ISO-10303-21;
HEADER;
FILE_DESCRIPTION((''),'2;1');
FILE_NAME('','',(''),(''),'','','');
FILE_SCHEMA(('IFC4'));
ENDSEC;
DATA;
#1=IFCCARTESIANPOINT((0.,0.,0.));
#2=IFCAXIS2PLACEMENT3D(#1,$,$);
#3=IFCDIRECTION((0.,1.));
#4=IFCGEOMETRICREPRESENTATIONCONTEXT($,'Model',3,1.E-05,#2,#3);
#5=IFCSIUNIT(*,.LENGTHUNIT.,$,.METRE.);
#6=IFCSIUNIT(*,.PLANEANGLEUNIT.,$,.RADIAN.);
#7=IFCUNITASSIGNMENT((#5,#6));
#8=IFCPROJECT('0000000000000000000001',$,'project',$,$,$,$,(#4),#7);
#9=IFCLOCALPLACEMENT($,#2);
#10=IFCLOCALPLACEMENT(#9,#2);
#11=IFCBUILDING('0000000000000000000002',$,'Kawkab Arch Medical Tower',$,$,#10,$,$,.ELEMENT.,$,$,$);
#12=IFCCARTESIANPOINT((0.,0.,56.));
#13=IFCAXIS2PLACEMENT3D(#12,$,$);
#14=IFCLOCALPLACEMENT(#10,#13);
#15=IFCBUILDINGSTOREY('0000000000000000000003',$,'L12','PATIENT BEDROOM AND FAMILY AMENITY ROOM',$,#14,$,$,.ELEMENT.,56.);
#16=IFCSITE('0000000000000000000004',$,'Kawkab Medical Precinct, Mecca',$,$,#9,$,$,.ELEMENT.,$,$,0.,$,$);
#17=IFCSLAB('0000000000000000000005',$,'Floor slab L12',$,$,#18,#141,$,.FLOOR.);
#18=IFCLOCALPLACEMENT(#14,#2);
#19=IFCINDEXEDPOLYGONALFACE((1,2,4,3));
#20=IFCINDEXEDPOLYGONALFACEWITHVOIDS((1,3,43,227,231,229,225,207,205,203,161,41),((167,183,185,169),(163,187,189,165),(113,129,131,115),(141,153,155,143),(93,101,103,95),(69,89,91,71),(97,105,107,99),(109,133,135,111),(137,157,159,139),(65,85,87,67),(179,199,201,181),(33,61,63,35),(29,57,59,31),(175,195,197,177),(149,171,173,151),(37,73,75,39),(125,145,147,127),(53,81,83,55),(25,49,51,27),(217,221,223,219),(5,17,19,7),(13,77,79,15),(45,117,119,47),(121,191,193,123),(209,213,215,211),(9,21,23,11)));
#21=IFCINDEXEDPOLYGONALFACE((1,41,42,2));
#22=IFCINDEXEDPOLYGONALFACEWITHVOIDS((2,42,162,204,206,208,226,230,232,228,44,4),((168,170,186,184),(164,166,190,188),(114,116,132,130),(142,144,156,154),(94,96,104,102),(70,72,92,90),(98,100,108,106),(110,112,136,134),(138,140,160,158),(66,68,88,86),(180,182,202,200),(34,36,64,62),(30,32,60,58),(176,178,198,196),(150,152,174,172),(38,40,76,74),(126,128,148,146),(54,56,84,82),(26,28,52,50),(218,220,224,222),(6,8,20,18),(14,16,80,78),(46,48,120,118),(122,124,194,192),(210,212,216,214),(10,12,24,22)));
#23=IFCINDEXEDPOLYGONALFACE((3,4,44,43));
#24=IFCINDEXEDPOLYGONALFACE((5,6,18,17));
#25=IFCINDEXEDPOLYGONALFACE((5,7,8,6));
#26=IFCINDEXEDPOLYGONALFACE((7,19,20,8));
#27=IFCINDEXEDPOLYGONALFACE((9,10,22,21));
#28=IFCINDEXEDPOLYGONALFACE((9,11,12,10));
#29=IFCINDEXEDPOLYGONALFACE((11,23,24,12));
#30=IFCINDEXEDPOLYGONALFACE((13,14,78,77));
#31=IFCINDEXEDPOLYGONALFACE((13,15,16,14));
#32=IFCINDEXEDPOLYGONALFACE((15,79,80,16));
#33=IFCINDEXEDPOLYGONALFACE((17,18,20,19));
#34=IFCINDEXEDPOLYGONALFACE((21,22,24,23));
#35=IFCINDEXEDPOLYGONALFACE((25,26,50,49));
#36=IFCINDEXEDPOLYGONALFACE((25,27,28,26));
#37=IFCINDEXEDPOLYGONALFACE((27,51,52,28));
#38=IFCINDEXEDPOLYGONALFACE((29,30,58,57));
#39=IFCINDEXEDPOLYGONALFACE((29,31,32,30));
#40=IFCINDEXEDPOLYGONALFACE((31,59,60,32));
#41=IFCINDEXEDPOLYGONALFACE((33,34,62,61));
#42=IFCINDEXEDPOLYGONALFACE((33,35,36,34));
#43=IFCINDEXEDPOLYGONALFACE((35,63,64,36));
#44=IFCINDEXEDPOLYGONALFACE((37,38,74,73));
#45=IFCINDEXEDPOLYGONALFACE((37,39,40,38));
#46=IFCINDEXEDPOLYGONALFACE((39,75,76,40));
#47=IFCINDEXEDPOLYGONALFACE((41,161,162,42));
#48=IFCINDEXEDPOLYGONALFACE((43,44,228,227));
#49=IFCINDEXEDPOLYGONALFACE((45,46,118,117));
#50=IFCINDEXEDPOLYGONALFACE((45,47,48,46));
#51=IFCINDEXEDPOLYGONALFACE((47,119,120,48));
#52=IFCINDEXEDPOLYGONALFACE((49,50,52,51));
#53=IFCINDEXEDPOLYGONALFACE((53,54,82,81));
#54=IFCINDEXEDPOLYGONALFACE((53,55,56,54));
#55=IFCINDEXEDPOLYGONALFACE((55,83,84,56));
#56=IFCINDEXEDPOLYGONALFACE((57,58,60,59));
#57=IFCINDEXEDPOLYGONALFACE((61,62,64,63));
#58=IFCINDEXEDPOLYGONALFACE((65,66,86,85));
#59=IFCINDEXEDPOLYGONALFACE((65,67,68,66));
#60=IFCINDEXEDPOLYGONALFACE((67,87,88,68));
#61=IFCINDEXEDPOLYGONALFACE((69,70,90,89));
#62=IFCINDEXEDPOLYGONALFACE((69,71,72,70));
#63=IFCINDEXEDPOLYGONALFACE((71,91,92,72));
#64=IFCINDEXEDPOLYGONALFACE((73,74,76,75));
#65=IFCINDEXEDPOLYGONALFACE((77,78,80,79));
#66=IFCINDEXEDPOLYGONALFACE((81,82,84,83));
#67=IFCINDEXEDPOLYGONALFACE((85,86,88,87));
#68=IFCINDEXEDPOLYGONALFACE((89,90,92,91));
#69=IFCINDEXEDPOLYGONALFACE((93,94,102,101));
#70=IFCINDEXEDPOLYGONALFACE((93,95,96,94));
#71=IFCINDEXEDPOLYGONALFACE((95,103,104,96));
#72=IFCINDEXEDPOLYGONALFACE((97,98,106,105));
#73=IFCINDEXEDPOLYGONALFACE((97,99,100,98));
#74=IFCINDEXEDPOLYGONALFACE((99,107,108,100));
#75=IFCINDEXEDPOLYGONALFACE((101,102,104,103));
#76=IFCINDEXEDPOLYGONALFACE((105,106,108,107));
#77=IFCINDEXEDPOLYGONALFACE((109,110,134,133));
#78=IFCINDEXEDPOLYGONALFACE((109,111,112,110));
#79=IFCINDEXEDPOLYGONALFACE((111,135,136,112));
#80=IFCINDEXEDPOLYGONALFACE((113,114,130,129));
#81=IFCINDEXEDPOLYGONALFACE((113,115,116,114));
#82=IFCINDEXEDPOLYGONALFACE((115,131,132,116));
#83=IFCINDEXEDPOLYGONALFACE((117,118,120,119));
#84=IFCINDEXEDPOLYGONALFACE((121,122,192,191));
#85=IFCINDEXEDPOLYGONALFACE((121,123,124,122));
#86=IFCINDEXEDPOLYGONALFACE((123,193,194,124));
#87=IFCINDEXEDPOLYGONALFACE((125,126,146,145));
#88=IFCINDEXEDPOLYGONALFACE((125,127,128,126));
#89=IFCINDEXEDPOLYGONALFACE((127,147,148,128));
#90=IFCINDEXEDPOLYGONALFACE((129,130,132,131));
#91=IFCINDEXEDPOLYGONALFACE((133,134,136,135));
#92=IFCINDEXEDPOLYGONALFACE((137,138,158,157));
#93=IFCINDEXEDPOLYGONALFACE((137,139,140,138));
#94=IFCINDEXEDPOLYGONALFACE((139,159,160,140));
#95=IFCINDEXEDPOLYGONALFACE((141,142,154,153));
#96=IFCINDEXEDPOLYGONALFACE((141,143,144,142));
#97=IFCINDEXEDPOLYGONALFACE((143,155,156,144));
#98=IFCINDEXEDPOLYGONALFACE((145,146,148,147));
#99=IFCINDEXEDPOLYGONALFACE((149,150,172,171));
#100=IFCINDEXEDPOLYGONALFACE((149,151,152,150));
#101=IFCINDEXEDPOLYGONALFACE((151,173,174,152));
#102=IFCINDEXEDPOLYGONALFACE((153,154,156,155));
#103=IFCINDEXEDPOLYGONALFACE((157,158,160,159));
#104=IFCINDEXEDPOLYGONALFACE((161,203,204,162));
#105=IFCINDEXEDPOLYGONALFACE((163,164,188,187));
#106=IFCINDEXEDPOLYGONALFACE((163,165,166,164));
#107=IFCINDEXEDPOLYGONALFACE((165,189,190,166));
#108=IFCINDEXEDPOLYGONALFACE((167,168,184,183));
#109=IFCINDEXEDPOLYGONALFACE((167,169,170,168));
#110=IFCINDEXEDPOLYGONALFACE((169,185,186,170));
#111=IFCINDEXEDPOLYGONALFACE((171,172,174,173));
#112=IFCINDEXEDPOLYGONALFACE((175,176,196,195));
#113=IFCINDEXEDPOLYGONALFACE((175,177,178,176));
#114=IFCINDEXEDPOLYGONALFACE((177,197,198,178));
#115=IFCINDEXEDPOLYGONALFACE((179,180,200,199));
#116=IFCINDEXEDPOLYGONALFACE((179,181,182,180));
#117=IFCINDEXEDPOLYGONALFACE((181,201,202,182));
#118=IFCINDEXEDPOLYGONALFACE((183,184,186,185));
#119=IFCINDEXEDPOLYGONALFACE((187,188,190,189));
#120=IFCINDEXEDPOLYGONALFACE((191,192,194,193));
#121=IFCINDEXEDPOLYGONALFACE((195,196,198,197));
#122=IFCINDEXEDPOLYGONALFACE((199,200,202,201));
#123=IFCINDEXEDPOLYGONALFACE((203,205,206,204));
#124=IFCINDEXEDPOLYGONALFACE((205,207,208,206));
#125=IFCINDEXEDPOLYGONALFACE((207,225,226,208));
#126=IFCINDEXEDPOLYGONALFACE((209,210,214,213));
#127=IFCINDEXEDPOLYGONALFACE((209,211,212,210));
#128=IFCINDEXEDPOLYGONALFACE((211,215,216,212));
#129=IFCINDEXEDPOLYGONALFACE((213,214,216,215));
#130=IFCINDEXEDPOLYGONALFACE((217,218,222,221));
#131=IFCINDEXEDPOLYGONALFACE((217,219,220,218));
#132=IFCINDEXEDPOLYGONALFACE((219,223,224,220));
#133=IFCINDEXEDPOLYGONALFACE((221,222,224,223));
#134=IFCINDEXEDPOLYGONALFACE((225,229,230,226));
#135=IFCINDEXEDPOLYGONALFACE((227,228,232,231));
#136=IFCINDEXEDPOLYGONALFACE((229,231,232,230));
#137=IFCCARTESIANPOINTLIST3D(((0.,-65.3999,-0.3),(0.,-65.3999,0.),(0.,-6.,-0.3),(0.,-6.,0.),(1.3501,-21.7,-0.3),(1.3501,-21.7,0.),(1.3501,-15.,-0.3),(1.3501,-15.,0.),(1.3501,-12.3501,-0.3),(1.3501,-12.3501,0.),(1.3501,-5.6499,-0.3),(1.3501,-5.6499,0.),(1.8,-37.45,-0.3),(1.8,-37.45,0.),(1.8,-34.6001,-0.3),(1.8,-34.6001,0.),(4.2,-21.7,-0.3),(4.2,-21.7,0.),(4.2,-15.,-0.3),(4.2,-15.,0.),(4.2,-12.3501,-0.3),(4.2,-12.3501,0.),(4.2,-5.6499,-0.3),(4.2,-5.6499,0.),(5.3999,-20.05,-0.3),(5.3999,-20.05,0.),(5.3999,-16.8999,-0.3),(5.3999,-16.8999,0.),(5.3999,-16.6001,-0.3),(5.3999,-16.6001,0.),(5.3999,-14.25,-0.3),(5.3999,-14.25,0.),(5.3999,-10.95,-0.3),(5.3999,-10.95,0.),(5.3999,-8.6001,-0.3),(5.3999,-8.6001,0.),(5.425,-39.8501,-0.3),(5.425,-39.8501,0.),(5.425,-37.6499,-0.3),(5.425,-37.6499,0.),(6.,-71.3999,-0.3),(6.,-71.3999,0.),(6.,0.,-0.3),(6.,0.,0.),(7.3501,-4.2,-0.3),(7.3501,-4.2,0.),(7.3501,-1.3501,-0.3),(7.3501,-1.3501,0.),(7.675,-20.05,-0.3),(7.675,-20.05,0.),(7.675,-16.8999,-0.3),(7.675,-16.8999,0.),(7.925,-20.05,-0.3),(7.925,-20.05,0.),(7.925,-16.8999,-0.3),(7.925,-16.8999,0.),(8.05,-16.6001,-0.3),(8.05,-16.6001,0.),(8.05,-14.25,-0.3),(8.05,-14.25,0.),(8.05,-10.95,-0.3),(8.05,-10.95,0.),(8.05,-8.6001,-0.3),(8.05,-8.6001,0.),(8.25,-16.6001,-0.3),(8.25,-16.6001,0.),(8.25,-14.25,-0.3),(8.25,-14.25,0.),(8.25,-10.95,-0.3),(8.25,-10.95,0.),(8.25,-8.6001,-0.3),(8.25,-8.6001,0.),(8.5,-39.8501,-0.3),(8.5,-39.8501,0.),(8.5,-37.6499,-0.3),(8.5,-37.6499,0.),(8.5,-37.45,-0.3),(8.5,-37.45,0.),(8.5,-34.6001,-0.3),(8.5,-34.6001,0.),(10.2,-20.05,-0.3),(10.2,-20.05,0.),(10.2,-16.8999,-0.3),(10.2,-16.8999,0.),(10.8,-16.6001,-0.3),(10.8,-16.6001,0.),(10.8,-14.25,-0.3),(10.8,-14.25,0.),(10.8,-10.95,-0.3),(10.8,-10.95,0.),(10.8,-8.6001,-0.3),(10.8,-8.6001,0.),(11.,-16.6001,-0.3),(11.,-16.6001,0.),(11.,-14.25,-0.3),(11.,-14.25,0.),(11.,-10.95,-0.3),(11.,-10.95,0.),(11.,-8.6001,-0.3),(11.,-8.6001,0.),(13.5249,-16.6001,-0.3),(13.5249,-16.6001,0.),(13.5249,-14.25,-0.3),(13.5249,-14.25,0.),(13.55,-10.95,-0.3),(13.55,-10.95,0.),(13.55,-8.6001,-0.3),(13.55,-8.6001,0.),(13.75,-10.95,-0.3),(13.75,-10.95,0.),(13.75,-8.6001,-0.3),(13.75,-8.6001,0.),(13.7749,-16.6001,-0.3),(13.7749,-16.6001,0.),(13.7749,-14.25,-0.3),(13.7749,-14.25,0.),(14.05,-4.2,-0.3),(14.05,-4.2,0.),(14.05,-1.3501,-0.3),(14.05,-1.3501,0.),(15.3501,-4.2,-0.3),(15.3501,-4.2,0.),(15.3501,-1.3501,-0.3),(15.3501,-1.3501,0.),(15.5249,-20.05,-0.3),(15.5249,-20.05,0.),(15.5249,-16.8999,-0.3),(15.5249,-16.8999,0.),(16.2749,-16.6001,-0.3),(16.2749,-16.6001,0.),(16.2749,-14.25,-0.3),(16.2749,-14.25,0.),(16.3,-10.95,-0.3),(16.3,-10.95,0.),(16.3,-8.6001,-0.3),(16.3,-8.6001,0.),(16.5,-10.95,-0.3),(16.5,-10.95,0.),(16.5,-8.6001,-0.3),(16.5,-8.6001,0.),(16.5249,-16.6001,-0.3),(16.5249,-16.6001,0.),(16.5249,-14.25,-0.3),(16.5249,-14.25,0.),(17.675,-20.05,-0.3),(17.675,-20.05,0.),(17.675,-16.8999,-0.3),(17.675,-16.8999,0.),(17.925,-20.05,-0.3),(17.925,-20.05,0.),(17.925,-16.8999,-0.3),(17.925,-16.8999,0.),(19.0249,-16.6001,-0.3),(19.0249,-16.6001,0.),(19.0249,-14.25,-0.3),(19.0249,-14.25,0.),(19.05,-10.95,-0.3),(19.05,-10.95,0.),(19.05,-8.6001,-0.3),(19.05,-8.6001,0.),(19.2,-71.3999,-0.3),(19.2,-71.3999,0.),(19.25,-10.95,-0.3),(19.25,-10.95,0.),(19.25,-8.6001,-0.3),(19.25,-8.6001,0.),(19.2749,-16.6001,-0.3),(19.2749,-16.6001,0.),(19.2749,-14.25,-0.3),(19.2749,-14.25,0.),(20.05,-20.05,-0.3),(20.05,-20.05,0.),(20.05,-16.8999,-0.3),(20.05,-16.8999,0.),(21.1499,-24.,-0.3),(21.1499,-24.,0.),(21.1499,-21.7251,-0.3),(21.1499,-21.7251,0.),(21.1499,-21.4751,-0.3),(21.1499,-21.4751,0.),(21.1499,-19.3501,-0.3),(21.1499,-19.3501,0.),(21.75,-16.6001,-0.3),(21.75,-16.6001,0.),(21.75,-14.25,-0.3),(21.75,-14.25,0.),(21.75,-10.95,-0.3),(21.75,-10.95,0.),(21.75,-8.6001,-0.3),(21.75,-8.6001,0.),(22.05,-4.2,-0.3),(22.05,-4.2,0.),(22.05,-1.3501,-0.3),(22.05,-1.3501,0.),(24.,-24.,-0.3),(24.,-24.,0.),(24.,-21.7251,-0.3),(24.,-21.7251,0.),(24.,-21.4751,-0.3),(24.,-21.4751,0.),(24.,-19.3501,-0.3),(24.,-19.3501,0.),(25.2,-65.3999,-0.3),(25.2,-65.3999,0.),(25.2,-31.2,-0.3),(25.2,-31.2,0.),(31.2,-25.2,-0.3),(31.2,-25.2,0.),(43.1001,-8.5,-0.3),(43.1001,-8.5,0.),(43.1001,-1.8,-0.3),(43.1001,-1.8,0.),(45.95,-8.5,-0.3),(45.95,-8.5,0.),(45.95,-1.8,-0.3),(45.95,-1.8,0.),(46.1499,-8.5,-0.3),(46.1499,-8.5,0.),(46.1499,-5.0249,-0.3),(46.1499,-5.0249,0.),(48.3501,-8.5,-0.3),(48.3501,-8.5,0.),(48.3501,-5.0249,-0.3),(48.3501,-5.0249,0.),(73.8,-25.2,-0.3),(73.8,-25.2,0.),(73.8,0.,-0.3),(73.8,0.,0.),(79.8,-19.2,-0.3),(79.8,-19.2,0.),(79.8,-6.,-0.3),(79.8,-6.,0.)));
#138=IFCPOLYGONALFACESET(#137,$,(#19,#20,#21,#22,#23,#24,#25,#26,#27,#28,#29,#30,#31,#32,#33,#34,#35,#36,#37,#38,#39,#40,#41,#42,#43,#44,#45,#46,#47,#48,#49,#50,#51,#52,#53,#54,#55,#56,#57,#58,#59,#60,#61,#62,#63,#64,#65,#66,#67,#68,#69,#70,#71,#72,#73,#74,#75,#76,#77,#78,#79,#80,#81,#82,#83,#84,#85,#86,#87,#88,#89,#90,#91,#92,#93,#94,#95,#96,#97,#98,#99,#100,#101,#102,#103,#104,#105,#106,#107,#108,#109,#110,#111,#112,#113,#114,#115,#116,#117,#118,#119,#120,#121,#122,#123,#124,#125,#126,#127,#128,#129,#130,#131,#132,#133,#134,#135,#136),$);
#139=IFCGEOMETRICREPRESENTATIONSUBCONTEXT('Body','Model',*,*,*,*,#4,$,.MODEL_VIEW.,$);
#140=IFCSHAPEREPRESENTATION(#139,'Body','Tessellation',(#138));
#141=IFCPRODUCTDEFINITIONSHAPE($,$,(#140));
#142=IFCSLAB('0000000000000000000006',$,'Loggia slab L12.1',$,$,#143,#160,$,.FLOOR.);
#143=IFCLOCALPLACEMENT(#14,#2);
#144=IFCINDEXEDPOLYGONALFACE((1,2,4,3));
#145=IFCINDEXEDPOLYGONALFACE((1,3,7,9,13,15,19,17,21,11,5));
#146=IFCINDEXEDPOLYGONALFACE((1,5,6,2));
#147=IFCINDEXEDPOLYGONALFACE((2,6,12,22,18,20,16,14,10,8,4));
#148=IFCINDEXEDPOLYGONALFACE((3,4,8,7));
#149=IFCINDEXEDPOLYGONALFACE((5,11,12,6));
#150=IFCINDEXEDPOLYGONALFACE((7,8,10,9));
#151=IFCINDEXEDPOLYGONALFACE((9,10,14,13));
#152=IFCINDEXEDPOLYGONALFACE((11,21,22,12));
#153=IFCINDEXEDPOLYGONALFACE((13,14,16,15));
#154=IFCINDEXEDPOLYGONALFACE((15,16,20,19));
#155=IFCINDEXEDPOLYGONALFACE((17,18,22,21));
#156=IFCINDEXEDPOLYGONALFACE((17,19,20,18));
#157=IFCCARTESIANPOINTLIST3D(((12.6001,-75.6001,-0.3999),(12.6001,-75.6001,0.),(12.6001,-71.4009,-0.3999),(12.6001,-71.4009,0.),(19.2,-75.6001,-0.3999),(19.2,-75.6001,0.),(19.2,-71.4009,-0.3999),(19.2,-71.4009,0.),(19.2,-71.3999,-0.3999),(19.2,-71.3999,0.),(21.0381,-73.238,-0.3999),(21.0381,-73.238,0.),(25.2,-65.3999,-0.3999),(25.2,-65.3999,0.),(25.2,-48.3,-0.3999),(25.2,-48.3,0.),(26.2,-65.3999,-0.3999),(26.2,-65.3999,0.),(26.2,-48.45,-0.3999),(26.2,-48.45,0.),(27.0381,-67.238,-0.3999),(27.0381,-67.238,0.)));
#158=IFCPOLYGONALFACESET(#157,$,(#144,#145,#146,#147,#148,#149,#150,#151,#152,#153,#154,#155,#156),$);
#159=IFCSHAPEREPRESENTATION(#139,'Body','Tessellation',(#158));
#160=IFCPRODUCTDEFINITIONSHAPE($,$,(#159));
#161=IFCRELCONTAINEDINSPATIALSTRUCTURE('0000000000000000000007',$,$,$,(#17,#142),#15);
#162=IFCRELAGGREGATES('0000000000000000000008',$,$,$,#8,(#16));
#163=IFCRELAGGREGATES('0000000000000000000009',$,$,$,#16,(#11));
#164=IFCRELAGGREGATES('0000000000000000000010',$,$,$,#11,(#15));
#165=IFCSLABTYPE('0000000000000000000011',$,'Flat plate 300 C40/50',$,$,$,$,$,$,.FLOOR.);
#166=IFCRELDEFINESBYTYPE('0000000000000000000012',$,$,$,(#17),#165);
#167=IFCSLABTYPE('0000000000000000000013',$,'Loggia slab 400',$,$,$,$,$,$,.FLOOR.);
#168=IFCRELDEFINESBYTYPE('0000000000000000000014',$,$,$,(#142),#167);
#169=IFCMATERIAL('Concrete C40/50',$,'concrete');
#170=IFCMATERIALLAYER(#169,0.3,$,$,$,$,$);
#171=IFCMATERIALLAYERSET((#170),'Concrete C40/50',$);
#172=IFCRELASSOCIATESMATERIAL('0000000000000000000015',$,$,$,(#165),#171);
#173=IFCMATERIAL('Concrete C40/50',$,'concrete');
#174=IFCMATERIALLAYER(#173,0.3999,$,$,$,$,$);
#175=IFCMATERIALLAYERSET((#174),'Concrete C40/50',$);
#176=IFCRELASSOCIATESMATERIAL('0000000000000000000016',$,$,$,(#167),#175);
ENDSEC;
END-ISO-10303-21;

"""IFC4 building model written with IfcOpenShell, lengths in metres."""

from ifc_helpers import new_model, si_unit, direction, frame, origin, place, context, subcontext, project, spatial, polyline, outline, extrude, material, layer, layer_set, type_object, element, save


model = new_model("IFC4")

# Units and contexts
model_context = context("Model", 3, precision=1e-05, world=origin(), true_north=direction((0.0, 1.0)))
body_context = subcontext(model_context, "Body", "Model", "MODEL_VIEW")
ifc_project = project(units=[si_unit("LENGTHUNIT", "METRE"), si_unit("PLANEANGLEUNIT", "RADIAN")], contexts=[model_context])

# Site, building, storey
site_placement = place(None, origin())
site = spatial("IfcSite", under=ifc_project, at=site_placement, Name="Kawkab Medical Precinct, Mecca", CompositionType="ELEMENT", RefElevation=0.0)
building_placement = place(site_placement, origin())
building = spatial("IfcBuilding", under=site, at=building_placement, Name="Kawkab Arch Medical Tower", CompositionType="ELEMENT")
storey_placement = place(building_placement, frame((0.0, 0.0, 56.0)))
storey = spatial("IfcBuildingStorey", under=building, at=storey_placement, Name="L12", Description="PATIENT BEDROOM AND FAMILY AMENITY ROOM", CompositionType="ELEMENT", Elevation=56.0)

# Slabs
ifc_material_1 = material(Name="Concrete C40/50", Category="concrete")
ifc_layer_1 = layer(ifc_material_1, 0.3)
ifc_layer_set_1 = layer_set([ifc_layer_1], Name="Concrete C40/50")
slab_type_1 = type_object("IfcSlabType", Name="Flat plate 300 C40/50", PredefinedType="FLOOR", material=ifc_layer_set_1)
slab_1_placement = place(storey_placement, frame((0.0, 0.0, -0.3)))
element("IfcSlab", 1, at=slab_1_placement, inside=storey, type_object=slab_type_1, Name="Floor slab L12", PredefinedType="FLOOR", context=body_context, shape_type="SweptSolid", body=[
    extrude(outline(polyline([(6.0, 0.0), (73.8, 0.0), (79.8, -6.0), (79.8, -19.2), (73.8, -25.2), (31.2, -25.2), (25.2, -31.2), (25.2, -65.3999), (19.2, -71.3999), (6.0, -71.3999), (0.0, -65.3999), (0.0, -6.0), (6.0, 0.0)]), holes=[polyline([(5.425, -37.6499), (5.425, -39.8501), (8.5, -39.8501), (8.5, -37.6499), (5.425, -37.6499)]), polyline([(1.8, -37.45), (8.5, -37.45), (8.5, -34.6001), (1.8, -34.6001), (1.8, -37.45)]), polyline([(5.3999, -16.8999), (5.3999, -20.05), (7.675, -20.05), (7.675, -16.8999), (5.3999, -16.8999)]), polyline([(10.2, -16.8999), (7.925, -16.8999), (7.925, -20.05), (10.2, -20.05), (10.2, -16.8999)]), polyline([(4.2, -21.7), (4.2, -15.0), (1.3501, -15.0), (1.3501, -21.7), (4.2, -21.7)]), polyline([(5.3999, -14.25), (5.3999, -16.6001), (8.05, -16.6001), (8.05, -14.25), (5.3999, -14.25)]), polyline([(10.8, -14.25), (8.25, -14.25), (8.25, -16.6001), (10.8, -16.6001), (10.8, -14.25)]), polyline([(11.0, -14.25), (11.0, -16.6001), (13.5249, -16.6001), (13.5249, -14.25), (11.0, -14.25)]), polyline([(5.3999, -8.6001), (5.3999, -10.95), (8.05, -10.95), (8.05, -8.6001), (5.3999, -8.6001)]), polyline([(10.8, -8.6001), (8.25, -8.6001), (8.25, -10.95), (10.8, -10.95), (10.8, -8.6001)]), polyline([(11.0, -10.95), (13.55, -10.95), (13.55, -8.6001), (11.0, -8.6001), (11.0, -10.95)]), polyline([(4.2, -12.3501), (4.2, -5.6499), (1.3501, -5.6499), (1.3501, -12.3501), (4.2, -12.3501)]), polyline([(7.3501, -4.2), (14.05, -4.2), (14.05, -1.3501), (7.3501, -1.3501), (7.3501, -4.2)]), polyline([(24.0, -21.7251), (21.1499, -21.7251), (21.1499, -24.0), (24.0, -24.0), (24.0, -21.7251)]), polyline([(24.0, -21.4751), (24.0, -19.3501), (21.1499, -19.3501), (21.1499, -21.4751), (24.0, -21.4751)]), polyline([(15.5249, -16.8999), (15.5249, -20.05), (17.675, -20.05), (17.675, -16.8999), (15.5249, -16.8999)]), polyline([(17.925, -20.05), (20.05, -20.05), (20.05, -16.8999), (17.925, -16.8999), (17.925, -20.05)]), polyline([(16.2749, -14.25), (13.7749, -14.25), (13.7749, -16.6001), (16.2749, -16.6001), (16.2749, -14.25)]), polyline([(19.0249, -14.25), (16.5249, -14.25), (16.5249, -16.6001), (19.0249, -16.6001), (19.0249, -14.25)]), polyline([(19.2749, -16.6001), (21.75, -16.6001), (21.75, -14.25), (19.2749, -14.25), (19.2749, -16.6001)]), polyline([(13.75, -8.6001), (13.75, -10.95), (16.3, -10.95), (16.3, -8.6001), (13.75, -8.6001)]), polyline([(16.5, -8.6001), (16.5, -10.95), (19.05, -10.95), (19.05, -8.6001), (16.5, -8.6001)]), polyline([(19.25, -10.95), (21.75, -10.95), (21.75, -8.6001), (19.25, -8.6001), (19.25, -10.95)]), polyline([(46.1499, -5.0249), (46.1499, -8.5), (48.3501, -8.5), (48.3501, -5.0249), (46.1499, -5.0249)]), polyline([(43.1001, -1.8), (43.1001, -8.5), (45.95, -8.5), (45.95, -1.8), (43.1001, -1.8)]), polyline([(22.05, -1.3501), (15.3501, -1.3501), (15.3501, -4.2), (22.05, -4.2), (22.05, -1.3501)])]), origin(), (0.0, 0.0, 1.0), 0.3),
])
ifc_material_2 = material(Name="Concrete C40/50", Category="concrete")
ifc_layer_2 = layer(ifc_material_2, 0.3999)
ifc_layer_set_2 = layer_set([ifc_layer_2], Name="Concrete C40/50")
slab_type_2 = type_object("IfcSlabType", Name="Loggia slab 400", PredefinedType="FLOOR", material=ifc_layer_set_2)
placement_1 = place(storey_placement, frame((0.0, 0.0, -0.3999)))
element("IfcSlab", 2, at=placement_1, inside=storey, type_object=slab_type_2, Name="Loggia slab L12.1", PredefinedType="FLOOR", context=body_context, shape_type="SweptSolid", body=[
    extrude(outline(polyline([(12.6001, -75.6001), (12.6001, -71.4009), (19.2, -71.4009), (19.2, -71.3999), (25.2, -65.3999), (25.2, -48.3), (26.2, -48.45), (26.2, -65.3999), (27.0381, -67.238), (21.0381, -73.238), (19.2, -75.6001), (12.6001, -75.6001)])), origin(), (0.0, 0.0, 1.0), 0.3999),
])

save(model, "model.ifc")
